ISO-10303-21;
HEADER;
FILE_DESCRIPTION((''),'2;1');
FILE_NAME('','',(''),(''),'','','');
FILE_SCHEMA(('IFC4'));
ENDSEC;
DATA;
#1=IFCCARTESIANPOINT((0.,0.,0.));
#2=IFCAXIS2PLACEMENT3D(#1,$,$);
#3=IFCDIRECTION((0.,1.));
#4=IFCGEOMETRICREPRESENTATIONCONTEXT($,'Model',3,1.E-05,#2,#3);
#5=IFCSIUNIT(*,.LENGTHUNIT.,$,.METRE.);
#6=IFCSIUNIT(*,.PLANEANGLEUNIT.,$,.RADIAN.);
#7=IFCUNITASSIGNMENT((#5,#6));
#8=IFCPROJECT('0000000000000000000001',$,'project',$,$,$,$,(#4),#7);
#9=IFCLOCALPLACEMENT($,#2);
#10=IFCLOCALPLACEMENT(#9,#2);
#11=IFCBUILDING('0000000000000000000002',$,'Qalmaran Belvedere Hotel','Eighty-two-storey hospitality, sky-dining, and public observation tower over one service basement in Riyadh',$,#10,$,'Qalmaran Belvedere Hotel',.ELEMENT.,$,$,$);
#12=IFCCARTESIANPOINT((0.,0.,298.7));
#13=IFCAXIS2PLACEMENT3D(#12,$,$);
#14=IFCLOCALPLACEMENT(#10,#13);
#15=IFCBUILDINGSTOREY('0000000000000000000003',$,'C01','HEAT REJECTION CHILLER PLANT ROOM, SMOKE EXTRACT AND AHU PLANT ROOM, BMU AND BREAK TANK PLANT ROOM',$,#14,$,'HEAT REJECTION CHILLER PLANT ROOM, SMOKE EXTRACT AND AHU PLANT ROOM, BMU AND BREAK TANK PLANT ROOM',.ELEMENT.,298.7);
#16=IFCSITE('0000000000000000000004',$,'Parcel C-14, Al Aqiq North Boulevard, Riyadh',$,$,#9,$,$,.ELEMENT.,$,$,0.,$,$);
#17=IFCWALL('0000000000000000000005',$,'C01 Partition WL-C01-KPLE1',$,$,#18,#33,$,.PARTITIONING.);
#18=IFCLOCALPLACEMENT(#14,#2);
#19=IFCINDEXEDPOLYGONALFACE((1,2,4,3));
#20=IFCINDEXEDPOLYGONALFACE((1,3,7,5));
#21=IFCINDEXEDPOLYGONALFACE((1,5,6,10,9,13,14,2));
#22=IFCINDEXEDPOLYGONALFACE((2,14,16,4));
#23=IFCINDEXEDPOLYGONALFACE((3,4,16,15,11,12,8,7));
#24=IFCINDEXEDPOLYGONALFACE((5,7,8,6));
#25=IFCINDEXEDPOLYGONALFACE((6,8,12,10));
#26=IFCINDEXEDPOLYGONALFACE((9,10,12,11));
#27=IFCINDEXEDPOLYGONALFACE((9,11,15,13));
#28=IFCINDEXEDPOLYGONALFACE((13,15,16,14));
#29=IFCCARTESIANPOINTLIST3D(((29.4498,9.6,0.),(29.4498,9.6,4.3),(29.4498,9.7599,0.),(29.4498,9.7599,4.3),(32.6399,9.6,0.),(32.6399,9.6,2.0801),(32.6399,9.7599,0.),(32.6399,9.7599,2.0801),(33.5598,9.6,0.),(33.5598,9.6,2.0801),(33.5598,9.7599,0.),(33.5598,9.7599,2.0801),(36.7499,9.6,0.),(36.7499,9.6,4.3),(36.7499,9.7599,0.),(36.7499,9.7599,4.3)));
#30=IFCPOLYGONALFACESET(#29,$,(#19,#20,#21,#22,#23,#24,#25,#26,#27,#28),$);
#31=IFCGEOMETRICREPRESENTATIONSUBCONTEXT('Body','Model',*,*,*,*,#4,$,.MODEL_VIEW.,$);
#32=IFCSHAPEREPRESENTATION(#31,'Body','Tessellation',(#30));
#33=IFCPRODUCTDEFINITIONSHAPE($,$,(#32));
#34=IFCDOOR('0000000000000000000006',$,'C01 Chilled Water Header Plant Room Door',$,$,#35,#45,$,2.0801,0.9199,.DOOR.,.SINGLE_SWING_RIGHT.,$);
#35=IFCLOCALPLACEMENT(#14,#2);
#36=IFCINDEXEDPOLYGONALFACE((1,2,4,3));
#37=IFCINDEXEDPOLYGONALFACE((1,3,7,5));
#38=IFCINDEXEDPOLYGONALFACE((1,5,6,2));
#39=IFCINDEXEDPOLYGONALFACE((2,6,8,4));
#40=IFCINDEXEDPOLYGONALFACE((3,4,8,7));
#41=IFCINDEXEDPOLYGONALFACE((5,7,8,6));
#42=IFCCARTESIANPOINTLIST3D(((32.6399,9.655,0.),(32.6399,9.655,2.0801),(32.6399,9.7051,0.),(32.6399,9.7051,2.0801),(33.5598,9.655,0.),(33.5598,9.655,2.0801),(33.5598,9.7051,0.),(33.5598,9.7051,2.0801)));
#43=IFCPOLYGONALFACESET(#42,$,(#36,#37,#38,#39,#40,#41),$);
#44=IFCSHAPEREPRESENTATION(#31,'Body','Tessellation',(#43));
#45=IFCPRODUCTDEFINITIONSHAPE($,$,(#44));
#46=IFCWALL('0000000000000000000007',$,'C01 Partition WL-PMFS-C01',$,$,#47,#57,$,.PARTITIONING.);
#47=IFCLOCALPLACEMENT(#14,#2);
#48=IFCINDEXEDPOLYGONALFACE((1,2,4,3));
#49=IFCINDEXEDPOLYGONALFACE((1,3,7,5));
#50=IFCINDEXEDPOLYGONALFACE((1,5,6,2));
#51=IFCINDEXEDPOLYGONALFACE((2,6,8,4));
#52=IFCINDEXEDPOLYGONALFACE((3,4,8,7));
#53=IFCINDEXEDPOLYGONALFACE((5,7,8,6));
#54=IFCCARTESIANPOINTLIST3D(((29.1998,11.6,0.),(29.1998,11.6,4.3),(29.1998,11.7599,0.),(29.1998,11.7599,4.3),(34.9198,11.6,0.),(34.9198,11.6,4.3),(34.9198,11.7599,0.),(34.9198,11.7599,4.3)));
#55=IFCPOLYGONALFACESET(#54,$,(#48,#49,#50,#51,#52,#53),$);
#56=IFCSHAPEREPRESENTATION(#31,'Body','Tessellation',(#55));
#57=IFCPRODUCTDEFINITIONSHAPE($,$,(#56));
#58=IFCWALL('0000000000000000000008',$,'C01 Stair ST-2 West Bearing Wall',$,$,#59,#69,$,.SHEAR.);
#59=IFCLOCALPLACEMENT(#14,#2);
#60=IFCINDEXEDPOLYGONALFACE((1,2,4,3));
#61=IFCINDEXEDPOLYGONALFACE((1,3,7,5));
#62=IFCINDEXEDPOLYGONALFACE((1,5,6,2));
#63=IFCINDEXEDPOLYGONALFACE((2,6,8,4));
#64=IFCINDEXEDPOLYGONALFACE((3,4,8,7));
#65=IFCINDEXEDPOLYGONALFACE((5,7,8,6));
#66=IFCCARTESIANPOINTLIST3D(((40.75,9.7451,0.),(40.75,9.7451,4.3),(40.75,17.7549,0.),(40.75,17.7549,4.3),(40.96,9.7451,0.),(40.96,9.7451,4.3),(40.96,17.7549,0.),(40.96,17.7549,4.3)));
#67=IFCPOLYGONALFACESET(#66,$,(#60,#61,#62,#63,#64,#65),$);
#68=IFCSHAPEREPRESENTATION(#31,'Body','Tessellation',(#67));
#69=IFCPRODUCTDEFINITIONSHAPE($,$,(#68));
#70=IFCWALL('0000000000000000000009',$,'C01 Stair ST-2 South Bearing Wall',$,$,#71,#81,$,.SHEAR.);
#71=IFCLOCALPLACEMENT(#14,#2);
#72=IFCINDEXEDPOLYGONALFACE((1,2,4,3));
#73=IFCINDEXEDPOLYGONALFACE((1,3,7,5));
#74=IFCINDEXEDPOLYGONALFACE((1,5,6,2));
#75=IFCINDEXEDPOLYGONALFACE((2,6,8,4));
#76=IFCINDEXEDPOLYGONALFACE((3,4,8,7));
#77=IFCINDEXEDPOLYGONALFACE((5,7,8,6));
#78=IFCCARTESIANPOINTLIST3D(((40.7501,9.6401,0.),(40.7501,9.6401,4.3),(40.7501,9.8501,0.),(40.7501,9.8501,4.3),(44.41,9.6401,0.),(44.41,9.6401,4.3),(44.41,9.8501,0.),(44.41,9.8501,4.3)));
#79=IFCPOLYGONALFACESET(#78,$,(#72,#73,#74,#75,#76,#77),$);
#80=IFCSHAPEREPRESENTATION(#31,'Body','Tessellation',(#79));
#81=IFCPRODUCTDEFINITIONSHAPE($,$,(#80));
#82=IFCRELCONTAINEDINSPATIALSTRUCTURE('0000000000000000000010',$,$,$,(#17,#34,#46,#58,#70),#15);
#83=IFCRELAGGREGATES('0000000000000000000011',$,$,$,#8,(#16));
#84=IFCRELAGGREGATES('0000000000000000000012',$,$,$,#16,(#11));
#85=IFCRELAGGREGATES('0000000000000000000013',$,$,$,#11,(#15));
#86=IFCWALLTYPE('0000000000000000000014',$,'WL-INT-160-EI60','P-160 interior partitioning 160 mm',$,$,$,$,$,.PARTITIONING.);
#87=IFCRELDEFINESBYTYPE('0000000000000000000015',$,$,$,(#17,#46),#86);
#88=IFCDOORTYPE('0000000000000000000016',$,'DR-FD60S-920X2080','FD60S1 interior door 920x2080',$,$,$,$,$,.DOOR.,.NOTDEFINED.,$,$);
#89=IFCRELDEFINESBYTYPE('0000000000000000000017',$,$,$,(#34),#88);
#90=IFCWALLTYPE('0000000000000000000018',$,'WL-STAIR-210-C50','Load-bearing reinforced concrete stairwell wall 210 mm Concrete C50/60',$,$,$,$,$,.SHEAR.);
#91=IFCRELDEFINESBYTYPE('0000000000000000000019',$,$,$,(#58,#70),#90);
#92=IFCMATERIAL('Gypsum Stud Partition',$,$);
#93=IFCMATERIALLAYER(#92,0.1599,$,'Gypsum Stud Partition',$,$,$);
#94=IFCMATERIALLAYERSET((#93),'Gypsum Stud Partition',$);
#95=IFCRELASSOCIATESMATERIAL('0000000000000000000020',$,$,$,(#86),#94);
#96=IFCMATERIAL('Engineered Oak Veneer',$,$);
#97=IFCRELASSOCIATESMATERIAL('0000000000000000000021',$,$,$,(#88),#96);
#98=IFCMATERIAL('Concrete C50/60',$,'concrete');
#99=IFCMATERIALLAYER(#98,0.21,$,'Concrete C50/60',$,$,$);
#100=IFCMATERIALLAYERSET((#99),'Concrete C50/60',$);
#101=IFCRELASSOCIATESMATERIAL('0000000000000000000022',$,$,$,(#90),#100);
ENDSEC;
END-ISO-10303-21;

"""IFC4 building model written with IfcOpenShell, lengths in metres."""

from ifc_helpers import new_model, si_unit, direction, frame, frame_2d, origin, place, context, subcontext, project, spatial, rectangle, extrude, material, layer, layer_set, type_object, element, fill, save


model = new_model("IFC4")

# Units and contexts
model_context = context("Model", 3, precision=1e-05, world=origin(), true_north=direction((0.0, 1.0)))
body_context = subcontext(model_context, "Body", "Model", "MODEL_VIEW")
ifc_project = project(units=[si_unit("LENGTHUNIT", "METRE"), si_unit("PLANEANGLEUNIT", "RADIAN")], contexts=[model_context])

# Site, building, storey
site_placement = place(None, origin())
site = spatial("IfcSite", under=ifc_project, at=site_placement, Name="Parcel C-14, Al Aqiq North Boulevard, Riyadh", CompositionType="ELEMENT", RefElevation=0.0)
building_placement = place(site_placement, origin())
building = spatial("IfcBuilding", under=site, at=building_placement, Name="Qalmaran Belvedere Hotel", Description="Eighty-two-storey hospitality, sky-dining, and public observation tower over one service basement in Riyadh", LongName="Qalmaran Belvedere Hotel", CompositionType="ELEMENT")
storey_placement = place(building_placement, frame((0.0, 0.0, 298.7)))
storey = spatial("IfcBuildingStorey", under=building, at=storey_placement, Name="C01", Description="HEAT REJECTION CHILLER PLANT ROOM, SMOKE EXTRACT AND AHU PLANT ROOM, BMU AND BREAK TANK PLANT ROOM", LongName="HEAT REJECTION CHILLER PLANT ROOM, SMOKE EXTRACT AND AHU PLANT ROOM, BMU AND BREAK TANK PLANT ROOM", CompositionType="ELEMENT", Elevation=298.7)

# Shared definitions
ifc_material_1 = material(Name="Concrete C50/60", Category="concrete")

# Shared definitions
ifc_material_2 = material(Name="Gypsum Stud Partition")

# Shared definitions
ifc_layer_1 = layer(ifc_material_2, 0.1599, Name="Gypsum Stud Partition")
ifc_layer_set_1 = layer_set([ifc_layer_1], Name="Gypsum Stud Partition")
wall_type_1 = type_object("IfcWallType", Name="WL-INT-160-EI60", Description="P-160 interior partitioning 160 mm", PredefinedType="PARTITIONING", material=ifc_layer_set_1)
ifc_material_3 = material(Name="Engineered Oak Veneer")

# Wall, opening, door
wall_1_placement = place(storey_placement, frame((29.45, 9.6799, 0.0), z_axis=(0.0, 0.0, 1.0), x_axis=(1.0, 0.0, 0.0)))
wall_1 = element("IfcWall", 1, at=wall_1_placement, inside=storey, type_object=wall_type_1, Name="C01 Partition WL-C01-KPLE1", PredefinedType="PARTITIONING", context=body_context, shape_type="SweptSolid", body=[
    extrude(rectangle(XDim=7.3, YDim=0.1599, at=frame_2d((3.6499, 0.0))), origin(), (0.0, 0.0, 1.0), 4.3),
])
opening_1_placement = place(wall_1_placement, frame((4.1099, 0.0, 0.0), z_axis=(0.0, 0.0, 1.0), x_axis=(-1.0, 0.0, 0.0)))
opening_1 = element("IfcOpeningElement", 2, at=opening_1_placement, cuts=wall_1, PredefinedType="OPENING", context=body_context, shape_type="SweptSolid", body=[
    extrude(rectangle(XDim=0.9199, YDim=2.0801, at=frame_2d((0.46, 1.04))), frame((0.0, 0.0898, 0.0), z_axis=(0.0, -1.0, 0.0), x_axis=(1.0, 0.0, 0.0)), (0.0, 0.0, 1.0), 0.1799),
])
door_type_1 = type_object("IfcDoorType", Name="DR-FD60S-920X2080", Description="FD60S1 interior door 920x2080", OperationType="NOTDEFINED", PredefinedType="DOOR", material=ifc_material_3)
door_1_placement = place(opening_1_placement, origin())
door_1 = element("IfcDoor", 3, at=door_1_placement, inside=storey, type_object=door_type_1, Name="C01 Chilled Water Header Plant Room Door", OperationType="SINGLE_SWING_RIGHT", OverallHeight=2.0801, OverallWidth=0.9199, PredefinedType="DOOR", context=body_context, shape_type="SweptSolid", body=[
    extrude(rectangle(XDim=0.9199, YDim=2.0801, at=frame_2d((0.46, 1.04))), frame((0.0, 0.0249, 0.0), z_axis=(0.0, -1.0, 0.0), x_axis=(1.0, 0.0, 0.0)), (0.0, 0.0, 1.0), 0.05),
])
fill(opening_1, door_1)

# Walls
wall_2_placement = place(storey_placement, frame((29.2, 11.6799, 0.0), z_axis=(0.0, 0.0, 1.0), x_axis=(1.0, 0.0, 0.0)))
element("IfcWall", 4, at=wall_2_placement, inside=storey, type_object=wall_type_1, Name="C01 Partition WL-PMFS-C01", PredefinedType="PARTITIONING", context=body_context, shape_type="SweptSolid", body=[
    extrude(rectangle(XDim=5.72, YDim=0.1599, at=frame_2d((2.8599, 0.0))), origin(), (0.0, 0.0, 1.0), 4.3),
])
ifc_layer_2 = layer(ifc_material_1, 0.21, Name="Concrete C50/60")
ifc_layer_set_2 = layer_set([ifc_layer_2], Name="Concrete C50/60")
wall_type_2 = type_object("IfcWallType", Name="WL-STAIR-210-C50", Description="Load-bearing reinforced concrete stairwell wall 210 mm Concrete C50/60", PredefinedType="SHEAR", material=ifc_layer_set_2)
wall_3_placement = place(storey_placement, frame((40.855, 9.7451, 0.0), z_axis=(0.0, 0.0, 1.0), x_axis=(0.0, 1.0, 0.0)))
element("IfcWall", 5, at=wall_3_placement, inside=storey, type_object=wall_type_2, Name="C01 Stair ST-2 West Bearing Wall", PredefinedType="SHEAR", context=body_context, shape_type="SweptSolid", body=[
    extrude(rectangle(XDim=8.0098, YDim=0.21, at=frame_2d((4.0049, 0.0))), origin(), (0.0, 0.0, 1.0), 4.3),
])
wall_4_placement = place(storey_placement, frame((40.75, 9.7451, 0.0), z_axis=(0.0, 0.0, 1.0), x_axis=(1.0, 0.0, 0.0)))
element("IfcWall", 6, at=wall_4_placement, inside=storey, type_object=wall_type_2, Name="C01 Stair ST-2 South Bearing Wall", PredefinedType="SHEAR", context=body_context, shape_type="SweptSolid", body=[
    extrude(rectangle(XDim=3.6599, YDim=0.21, at=frame_2d((1.8301, 0.0))), origin(), (0.0, 0.0, 1.0), 4.3),
])

save(model, "model.ifc")
